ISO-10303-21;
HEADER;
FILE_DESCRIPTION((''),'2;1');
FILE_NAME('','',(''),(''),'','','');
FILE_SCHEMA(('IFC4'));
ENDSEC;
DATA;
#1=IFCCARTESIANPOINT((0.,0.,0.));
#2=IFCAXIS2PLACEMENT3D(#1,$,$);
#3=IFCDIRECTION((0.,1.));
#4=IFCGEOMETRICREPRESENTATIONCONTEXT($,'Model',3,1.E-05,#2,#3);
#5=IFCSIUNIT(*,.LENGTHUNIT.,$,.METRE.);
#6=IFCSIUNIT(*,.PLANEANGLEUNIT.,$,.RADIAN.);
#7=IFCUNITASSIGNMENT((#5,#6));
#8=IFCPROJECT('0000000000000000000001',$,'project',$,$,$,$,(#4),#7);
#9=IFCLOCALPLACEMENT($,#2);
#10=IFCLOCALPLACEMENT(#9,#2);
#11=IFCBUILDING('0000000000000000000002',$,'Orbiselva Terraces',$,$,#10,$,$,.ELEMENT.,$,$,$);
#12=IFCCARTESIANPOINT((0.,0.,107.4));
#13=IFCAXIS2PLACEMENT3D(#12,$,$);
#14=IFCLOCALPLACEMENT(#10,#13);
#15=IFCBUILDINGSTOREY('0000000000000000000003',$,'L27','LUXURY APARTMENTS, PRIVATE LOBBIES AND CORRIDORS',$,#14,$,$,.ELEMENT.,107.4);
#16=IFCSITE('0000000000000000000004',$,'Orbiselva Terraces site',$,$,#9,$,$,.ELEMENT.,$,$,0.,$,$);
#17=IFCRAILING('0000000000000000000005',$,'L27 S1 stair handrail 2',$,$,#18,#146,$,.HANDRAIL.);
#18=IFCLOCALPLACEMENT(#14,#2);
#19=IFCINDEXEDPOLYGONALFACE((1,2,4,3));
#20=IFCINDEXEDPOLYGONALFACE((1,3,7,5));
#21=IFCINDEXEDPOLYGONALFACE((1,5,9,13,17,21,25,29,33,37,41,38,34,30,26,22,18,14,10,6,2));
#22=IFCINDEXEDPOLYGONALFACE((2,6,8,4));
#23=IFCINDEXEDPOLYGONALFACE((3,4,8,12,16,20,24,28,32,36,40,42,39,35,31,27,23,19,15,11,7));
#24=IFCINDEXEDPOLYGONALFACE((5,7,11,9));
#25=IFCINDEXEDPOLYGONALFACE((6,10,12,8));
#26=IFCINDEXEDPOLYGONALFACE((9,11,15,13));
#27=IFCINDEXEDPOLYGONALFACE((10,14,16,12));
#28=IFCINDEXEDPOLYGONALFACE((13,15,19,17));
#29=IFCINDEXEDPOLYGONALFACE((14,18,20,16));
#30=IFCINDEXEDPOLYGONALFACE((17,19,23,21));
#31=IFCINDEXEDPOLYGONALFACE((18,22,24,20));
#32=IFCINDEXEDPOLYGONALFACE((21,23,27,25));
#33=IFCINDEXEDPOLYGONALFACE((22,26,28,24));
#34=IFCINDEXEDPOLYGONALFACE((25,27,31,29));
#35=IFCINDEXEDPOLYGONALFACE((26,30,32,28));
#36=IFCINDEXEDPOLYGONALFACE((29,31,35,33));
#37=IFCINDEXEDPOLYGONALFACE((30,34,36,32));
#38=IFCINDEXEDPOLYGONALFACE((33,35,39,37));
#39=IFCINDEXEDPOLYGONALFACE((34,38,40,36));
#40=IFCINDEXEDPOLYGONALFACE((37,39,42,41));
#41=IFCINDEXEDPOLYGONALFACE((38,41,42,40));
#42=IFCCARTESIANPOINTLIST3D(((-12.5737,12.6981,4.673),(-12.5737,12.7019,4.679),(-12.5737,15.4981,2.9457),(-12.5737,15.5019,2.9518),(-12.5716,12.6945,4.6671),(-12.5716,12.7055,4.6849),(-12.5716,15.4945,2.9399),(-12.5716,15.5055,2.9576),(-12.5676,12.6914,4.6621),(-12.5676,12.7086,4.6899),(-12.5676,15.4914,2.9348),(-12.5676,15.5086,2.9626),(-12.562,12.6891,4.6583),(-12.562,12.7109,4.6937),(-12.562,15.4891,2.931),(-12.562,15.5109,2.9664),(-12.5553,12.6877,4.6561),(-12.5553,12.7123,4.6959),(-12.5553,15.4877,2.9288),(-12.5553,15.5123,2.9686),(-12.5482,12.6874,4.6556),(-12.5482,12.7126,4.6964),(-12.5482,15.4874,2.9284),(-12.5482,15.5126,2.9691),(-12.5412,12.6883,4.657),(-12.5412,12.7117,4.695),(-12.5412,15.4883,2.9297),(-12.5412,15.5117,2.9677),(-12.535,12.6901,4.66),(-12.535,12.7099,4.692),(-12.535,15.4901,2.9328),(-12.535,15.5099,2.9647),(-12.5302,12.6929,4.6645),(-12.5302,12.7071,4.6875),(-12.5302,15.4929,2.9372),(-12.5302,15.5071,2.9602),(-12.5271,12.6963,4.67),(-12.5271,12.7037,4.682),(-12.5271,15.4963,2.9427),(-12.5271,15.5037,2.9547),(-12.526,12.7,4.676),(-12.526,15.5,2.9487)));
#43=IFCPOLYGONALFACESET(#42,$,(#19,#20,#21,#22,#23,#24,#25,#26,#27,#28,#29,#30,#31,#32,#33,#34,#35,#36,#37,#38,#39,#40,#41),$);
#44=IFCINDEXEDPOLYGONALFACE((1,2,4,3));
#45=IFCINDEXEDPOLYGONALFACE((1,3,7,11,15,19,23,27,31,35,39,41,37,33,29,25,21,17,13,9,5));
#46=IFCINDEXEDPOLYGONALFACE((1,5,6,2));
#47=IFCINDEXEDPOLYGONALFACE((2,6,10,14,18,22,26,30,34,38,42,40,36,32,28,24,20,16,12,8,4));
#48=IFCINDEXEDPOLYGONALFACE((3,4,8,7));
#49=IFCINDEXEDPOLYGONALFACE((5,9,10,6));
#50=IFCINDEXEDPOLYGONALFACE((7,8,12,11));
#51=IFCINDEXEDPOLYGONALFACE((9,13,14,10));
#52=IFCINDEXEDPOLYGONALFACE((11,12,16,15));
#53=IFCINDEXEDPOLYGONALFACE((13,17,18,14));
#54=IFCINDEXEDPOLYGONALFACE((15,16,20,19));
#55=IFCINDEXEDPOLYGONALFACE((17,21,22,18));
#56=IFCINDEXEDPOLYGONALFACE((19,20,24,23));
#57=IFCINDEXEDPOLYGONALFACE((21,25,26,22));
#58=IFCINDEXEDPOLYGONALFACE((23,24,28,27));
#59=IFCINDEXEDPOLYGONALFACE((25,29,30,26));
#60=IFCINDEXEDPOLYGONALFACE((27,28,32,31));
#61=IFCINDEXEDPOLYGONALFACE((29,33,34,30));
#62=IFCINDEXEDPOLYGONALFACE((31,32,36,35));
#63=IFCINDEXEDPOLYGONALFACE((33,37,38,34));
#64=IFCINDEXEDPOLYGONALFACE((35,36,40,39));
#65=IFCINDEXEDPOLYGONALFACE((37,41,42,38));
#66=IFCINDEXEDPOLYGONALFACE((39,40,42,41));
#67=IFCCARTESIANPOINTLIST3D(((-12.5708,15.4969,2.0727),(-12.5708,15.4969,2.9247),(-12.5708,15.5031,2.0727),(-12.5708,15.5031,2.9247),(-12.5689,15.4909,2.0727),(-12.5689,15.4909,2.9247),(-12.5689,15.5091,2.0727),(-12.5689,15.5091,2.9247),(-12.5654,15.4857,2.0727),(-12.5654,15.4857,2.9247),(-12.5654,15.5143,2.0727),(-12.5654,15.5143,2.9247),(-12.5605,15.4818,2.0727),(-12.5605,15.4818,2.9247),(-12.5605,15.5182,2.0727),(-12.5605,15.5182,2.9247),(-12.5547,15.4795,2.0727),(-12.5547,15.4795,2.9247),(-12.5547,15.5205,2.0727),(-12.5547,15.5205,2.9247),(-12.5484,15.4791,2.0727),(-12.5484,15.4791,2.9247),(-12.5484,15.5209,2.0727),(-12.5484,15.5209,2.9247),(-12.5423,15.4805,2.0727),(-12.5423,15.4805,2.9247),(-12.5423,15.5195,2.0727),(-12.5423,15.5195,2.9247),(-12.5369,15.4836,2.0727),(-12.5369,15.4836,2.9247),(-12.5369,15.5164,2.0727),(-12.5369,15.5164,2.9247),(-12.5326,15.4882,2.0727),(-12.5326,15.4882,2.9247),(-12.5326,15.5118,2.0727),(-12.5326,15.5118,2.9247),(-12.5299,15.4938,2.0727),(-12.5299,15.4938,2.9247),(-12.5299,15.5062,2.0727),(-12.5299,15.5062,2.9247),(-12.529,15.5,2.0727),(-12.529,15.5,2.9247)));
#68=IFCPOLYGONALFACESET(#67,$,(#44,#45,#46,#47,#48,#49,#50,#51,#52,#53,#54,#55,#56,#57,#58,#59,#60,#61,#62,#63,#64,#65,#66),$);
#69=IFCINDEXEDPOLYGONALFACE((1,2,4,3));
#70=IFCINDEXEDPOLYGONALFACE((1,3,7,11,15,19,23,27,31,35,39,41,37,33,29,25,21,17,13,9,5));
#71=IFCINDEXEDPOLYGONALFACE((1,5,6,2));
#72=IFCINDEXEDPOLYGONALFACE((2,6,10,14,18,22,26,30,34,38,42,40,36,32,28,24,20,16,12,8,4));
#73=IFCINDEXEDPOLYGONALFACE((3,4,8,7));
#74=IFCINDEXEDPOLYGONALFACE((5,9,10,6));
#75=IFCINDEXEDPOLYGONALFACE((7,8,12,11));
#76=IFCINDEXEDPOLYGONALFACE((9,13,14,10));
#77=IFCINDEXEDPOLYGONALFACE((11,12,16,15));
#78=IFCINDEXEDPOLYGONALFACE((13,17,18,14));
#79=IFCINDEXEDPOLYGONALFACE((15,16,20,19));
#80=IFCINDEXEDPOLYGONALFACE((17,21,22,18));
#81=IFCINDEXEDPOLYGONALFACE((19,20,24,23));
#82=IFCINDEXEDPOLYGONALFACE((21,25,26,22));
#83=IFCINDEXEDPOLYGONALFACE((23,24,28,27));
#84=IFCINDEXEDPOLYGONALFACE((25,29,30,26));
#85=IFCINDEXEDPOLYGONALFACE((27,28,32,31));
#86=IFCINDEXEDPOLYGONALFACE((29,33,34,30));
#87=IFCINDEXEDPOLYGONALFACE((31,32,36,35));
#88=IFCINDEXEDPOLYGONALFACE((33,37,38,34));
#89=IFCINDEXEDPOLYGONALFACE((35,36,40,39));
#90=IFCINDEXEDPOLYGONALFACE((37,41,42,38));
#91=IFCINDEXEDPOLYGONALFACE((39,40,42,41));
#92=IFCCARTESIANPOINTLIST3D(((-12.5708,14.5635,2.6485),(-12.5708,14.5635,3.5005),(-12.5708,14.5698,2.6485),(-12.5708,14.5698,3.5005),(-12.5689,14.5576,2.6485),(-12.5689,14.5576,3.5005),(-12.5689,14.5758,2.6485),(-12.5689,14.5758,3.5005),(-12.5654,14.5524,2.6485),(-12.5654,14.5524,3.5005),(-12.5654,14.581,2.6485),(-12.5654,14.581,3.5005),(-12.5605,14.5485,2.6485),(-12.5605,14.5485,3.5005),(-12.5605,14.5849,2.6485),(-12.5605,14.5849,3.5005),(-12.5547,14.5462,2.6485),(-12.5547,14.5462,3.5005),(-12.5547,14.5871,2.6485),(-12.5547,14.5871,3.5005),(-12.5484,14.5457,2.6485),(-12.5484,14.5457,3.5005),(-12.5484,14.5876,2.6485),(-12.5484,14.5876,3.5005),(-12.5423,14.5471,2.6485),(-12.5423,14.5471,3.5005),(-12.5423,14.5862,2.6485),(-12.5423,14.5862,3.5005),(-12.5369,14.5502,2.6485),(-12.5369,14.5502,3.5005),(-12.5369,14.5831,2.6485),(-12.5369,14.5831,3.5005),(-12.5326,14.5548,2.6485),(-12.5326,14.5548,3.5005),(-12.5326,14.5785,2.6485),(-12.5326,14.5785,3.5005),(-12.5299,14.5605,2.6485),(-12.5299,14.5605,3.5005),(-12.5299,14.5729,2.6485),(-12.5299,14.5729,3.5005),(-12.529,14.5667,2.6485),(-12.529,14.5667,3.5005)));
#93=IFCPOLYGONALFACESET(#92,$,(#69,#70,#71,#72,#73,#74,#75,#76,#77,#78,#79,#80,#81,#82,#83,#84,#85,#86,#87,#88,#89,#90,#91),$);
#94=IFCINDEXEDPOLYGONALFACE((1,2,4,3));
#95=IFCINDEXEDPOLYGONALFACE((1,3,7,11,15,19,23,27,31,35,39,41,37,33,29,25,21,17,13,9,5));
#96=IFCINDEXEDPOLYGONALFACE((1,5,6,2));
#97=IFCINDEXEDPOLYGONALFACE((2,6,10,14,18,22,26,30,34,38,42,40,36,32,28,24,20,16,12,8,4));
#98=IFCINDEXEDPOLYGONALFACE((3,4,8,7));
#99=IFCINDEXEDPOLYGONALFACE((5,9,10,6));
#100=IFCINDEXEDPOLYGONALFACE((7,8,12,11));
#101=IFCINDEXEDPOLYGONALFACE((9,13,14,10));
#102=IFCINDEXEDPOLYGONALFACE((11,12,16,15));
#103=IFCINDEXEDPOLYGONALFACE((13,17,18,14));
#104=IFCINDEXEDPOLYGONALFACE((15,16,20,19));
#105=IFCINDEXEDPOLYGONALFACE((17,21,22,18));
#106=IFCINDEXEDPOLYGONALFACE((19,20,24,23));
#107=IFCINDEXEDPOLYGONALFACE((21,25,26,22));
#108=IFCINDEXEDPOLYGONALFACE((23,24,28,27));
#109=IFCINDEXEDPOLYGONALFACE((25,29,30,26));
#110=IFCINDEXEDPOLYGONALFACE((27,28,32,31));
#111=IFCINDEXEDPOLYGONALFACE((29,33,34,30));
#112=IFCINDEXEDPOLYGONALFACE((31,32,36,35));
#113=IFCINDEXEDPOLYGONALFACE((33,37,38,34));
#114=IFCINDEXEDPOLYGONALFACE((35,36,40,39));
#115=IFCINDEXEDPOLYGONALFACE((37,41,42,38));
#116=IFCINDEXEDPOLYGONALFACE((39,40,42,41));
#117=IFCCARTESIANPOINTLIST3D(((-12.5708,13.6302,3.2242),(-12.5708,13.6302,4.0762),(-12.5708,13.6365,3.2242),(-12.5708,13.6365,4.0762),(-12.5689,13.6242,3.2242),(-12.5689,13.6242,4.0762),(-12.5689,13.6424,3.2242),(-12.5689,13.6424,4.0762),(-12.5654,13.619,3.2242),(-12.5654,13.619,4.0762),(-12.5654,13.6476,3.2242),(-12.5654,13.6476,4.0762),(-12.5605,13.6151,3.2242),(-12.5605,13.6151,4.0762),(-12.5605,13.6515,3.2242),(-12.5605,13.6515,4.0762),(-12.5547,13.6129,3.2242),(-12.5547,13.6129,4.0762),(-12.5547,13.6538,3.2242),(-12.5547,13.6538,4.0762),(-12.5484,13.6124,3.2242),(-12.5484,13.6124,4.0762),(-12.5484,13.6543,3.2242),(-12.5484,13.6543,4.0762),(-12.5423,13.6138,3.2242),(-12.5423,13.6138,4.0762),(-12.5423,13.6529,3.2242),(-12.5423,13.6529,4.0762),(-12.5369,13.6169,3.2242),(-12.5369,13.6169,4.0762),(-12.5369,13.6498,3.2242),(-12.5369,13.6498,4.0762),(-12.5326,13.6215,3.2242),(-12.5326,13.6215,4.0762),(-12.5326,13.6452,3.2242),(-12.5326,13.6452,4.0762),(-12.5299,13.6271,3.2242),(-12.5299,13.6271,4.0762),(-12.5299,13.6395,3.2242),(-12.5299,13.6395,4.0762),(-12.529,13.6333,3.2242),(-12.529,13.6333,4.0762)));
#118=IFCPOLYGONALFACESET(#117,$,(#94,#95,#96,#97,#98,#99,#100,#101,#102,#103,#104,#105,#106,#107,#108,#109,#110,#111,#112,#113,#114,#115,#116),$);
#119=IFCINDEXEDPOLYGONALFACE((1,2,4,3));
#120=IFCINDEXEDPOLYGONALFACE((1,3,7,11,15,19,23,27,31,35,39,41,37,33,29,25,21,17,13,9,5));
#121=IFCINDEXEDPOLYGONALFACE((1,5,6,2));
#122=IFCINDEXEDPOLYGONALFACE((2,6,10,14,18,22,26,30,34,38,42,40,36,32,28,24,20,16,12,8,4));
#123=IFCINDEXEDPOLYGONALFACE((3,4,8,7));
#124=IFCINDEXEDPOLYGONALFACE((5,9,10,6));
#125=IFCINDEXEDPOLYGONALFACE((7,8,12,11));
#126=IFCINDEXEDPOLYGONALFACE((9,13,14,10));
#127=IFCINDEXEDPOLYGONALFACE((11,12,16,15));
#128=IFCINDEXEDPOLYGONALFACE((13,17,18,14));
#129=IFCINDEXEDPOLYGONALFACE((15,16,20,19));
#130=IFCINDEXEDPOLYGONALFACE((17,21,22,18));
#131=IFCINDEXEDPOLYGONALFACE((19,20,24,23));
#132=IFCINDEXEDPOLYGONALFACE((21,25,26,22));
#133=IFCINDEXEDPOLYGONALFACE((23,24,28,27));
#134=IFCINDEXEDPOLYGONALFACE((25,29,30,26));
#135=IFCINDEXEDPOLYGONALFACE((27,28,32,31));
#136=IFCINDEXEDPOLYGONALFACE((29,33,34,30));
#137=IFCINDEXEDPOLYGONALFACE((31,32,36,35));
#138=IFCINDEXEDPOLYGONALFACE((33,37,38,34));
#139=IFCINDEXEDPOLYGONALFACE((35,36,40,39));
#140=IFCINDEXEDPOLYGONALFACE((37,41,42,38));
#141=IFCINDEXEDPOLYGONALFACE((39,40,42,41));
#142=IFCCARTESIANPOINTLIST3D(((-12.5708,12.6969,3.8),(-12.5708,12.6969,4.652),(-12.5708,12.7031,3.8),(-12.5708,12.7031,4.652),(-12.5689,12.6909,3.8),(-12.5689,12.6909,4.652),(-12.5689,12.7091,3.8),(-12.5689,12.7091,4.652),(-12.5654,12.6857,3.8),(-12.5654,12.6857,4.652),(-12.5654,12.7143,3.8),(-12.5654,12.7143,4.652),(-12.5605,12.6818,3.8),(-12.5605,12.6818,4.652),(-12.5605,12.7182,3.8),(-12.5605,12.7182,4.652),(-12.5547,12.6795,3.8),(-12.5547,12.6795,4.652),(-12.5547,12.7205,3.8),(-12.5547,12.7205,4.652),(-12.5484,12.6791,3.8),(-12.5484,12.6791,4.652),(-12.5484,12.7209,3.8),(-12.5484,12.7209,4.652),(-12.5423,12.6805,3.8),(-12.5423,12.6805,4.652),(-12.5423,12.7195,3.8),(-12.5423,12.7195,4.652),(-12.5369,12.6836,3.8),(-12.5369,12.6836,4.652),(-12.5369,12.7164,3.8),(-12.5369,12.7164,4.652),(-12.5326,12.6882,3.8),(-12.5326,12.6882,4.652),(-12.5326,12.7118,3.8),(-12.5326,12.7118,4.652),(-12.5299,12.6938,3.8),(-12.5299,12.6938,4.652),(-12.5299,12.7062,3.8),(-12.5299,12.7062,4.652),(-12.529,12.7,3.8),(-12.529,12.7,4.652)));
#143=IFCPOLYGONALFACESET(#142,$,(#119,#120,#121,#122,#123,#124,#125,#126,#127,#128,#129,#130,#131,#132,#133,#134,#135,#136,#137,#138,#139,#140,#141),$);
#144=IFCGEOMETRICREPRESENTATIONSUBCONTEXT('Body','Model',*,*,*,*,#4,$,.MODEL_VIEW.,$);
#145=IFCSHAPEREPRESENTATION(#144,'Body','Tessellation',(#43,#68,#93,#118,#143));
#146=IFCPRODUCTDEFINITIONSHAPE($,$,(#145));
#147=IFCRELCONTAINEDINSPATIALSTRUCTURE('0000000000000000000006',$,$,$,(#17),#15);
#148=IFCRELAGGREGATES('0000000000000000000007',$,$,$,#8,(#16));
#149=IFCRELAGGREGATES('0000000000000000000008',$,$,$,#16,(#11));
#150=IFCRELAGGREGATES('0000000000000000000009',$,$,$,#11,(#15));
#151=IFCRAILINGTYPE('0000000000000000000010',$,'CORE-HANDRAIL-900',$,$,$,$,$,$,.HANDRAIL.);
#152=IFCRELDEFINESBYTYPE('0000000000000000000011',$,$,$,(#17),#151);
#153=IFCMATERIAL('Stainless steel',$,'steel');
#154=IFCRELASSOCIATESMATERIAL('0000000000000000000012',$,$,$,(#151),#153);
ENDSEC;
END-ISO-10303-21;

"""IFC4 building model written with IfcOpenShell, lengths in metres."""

from ifc_helpers import new_model, si_unit, direction, frame, origin, origin_2d, place, context, subcontext, project, spatial, circle, extrude, material, type_object, element, save


model = new_model("IFC4")

# Units and contexts
model_context = context("Model", 3, precision=1e-05, world=origin(), true_north=direction((0.0, 1.0)))
body_context = subcontext(model_context, "Body", "Model", "MODEL_VIEW")
ifc_project = project(units=[si_unit("LENGTHUNIT", "METRE"), si_unit("PLANEANGLEUNIT", "RADIAN")], contexts=[model_context])

# Site, building, storey
site_placement = place(None, origin())
site = spatial("IfcSite", under=ifc_project, at=site_placement, Name="Orbiselva Terraces site", CompositionType="ELEMENT", RefElevation=0.0)
building_placement = place(site_placement, origin())
building = spatial("IfcBuilding", under=site, at=building_placement, Name="Orbiselva Terraces", CompositionType="ELEMENT")
storey_placement = place(building_placement, frame((0.0, 0.0, 107.4)))
storey = spatial("IfcBuildingStorey", under=building, at=storey_placement, Name="L27", Description="LUXURY APARTMENTS, PRIVATE LOBBIES AND CORRIDORS", CompositionType="ELEMENT", Elevation=107.4)

# Railing
ifc_material_1 = material(Name="Stainless steel", Category="steel")
railing_type = type_object("IfcRailingType", Name="CORE-HANDRAIL-900", PredefinedType="HANDRAIL", material=ifc_material_1)
railing_placement = place(storey_placement, frame((-12.55, 15.5, 2.0727)))
element("IfcRailing", 1, at=railing_placement, inside=storey, type_object=railing_type, Name="L27 S1 stair handrail 2", PredefinedType="HANDRAIL", context=body_context, shape_type="SweptSolid", body=[
    extrude(circle(Radius=0.024, at=origin_2d()), frame((0.0, 0.0, 0.876), z_axis=(0.0, -0.851089, 0.525022), x_axis=(1.0, 0.0, 0.0)), (0.0, 0.0, 1.0), 3.2899),
    extrude(circle(Radius=0.021, at=origin_2d()), origin(), (0.0, 0.0, 1.0), 0.852),
    extrude(circle(Radius=0.021, at=origin_2d()), frame((0.0, -0.9333, 0.5758)), (0.0, 0.0, 1.0), 0.852),
    extrude(circle(Radius=0.021, at=origin_2d()), frame((0.0, -1.8667, 1.1515)), (0.0, 0.0, 1.0), 0.852),
    extrude(circle(Radius=0.021, at=origin_2d()), frame((0.0, -2.8, 1.7273)), (0.0, 0.0, 1.0), 0.852),
])

save(model, "model.ifc")
